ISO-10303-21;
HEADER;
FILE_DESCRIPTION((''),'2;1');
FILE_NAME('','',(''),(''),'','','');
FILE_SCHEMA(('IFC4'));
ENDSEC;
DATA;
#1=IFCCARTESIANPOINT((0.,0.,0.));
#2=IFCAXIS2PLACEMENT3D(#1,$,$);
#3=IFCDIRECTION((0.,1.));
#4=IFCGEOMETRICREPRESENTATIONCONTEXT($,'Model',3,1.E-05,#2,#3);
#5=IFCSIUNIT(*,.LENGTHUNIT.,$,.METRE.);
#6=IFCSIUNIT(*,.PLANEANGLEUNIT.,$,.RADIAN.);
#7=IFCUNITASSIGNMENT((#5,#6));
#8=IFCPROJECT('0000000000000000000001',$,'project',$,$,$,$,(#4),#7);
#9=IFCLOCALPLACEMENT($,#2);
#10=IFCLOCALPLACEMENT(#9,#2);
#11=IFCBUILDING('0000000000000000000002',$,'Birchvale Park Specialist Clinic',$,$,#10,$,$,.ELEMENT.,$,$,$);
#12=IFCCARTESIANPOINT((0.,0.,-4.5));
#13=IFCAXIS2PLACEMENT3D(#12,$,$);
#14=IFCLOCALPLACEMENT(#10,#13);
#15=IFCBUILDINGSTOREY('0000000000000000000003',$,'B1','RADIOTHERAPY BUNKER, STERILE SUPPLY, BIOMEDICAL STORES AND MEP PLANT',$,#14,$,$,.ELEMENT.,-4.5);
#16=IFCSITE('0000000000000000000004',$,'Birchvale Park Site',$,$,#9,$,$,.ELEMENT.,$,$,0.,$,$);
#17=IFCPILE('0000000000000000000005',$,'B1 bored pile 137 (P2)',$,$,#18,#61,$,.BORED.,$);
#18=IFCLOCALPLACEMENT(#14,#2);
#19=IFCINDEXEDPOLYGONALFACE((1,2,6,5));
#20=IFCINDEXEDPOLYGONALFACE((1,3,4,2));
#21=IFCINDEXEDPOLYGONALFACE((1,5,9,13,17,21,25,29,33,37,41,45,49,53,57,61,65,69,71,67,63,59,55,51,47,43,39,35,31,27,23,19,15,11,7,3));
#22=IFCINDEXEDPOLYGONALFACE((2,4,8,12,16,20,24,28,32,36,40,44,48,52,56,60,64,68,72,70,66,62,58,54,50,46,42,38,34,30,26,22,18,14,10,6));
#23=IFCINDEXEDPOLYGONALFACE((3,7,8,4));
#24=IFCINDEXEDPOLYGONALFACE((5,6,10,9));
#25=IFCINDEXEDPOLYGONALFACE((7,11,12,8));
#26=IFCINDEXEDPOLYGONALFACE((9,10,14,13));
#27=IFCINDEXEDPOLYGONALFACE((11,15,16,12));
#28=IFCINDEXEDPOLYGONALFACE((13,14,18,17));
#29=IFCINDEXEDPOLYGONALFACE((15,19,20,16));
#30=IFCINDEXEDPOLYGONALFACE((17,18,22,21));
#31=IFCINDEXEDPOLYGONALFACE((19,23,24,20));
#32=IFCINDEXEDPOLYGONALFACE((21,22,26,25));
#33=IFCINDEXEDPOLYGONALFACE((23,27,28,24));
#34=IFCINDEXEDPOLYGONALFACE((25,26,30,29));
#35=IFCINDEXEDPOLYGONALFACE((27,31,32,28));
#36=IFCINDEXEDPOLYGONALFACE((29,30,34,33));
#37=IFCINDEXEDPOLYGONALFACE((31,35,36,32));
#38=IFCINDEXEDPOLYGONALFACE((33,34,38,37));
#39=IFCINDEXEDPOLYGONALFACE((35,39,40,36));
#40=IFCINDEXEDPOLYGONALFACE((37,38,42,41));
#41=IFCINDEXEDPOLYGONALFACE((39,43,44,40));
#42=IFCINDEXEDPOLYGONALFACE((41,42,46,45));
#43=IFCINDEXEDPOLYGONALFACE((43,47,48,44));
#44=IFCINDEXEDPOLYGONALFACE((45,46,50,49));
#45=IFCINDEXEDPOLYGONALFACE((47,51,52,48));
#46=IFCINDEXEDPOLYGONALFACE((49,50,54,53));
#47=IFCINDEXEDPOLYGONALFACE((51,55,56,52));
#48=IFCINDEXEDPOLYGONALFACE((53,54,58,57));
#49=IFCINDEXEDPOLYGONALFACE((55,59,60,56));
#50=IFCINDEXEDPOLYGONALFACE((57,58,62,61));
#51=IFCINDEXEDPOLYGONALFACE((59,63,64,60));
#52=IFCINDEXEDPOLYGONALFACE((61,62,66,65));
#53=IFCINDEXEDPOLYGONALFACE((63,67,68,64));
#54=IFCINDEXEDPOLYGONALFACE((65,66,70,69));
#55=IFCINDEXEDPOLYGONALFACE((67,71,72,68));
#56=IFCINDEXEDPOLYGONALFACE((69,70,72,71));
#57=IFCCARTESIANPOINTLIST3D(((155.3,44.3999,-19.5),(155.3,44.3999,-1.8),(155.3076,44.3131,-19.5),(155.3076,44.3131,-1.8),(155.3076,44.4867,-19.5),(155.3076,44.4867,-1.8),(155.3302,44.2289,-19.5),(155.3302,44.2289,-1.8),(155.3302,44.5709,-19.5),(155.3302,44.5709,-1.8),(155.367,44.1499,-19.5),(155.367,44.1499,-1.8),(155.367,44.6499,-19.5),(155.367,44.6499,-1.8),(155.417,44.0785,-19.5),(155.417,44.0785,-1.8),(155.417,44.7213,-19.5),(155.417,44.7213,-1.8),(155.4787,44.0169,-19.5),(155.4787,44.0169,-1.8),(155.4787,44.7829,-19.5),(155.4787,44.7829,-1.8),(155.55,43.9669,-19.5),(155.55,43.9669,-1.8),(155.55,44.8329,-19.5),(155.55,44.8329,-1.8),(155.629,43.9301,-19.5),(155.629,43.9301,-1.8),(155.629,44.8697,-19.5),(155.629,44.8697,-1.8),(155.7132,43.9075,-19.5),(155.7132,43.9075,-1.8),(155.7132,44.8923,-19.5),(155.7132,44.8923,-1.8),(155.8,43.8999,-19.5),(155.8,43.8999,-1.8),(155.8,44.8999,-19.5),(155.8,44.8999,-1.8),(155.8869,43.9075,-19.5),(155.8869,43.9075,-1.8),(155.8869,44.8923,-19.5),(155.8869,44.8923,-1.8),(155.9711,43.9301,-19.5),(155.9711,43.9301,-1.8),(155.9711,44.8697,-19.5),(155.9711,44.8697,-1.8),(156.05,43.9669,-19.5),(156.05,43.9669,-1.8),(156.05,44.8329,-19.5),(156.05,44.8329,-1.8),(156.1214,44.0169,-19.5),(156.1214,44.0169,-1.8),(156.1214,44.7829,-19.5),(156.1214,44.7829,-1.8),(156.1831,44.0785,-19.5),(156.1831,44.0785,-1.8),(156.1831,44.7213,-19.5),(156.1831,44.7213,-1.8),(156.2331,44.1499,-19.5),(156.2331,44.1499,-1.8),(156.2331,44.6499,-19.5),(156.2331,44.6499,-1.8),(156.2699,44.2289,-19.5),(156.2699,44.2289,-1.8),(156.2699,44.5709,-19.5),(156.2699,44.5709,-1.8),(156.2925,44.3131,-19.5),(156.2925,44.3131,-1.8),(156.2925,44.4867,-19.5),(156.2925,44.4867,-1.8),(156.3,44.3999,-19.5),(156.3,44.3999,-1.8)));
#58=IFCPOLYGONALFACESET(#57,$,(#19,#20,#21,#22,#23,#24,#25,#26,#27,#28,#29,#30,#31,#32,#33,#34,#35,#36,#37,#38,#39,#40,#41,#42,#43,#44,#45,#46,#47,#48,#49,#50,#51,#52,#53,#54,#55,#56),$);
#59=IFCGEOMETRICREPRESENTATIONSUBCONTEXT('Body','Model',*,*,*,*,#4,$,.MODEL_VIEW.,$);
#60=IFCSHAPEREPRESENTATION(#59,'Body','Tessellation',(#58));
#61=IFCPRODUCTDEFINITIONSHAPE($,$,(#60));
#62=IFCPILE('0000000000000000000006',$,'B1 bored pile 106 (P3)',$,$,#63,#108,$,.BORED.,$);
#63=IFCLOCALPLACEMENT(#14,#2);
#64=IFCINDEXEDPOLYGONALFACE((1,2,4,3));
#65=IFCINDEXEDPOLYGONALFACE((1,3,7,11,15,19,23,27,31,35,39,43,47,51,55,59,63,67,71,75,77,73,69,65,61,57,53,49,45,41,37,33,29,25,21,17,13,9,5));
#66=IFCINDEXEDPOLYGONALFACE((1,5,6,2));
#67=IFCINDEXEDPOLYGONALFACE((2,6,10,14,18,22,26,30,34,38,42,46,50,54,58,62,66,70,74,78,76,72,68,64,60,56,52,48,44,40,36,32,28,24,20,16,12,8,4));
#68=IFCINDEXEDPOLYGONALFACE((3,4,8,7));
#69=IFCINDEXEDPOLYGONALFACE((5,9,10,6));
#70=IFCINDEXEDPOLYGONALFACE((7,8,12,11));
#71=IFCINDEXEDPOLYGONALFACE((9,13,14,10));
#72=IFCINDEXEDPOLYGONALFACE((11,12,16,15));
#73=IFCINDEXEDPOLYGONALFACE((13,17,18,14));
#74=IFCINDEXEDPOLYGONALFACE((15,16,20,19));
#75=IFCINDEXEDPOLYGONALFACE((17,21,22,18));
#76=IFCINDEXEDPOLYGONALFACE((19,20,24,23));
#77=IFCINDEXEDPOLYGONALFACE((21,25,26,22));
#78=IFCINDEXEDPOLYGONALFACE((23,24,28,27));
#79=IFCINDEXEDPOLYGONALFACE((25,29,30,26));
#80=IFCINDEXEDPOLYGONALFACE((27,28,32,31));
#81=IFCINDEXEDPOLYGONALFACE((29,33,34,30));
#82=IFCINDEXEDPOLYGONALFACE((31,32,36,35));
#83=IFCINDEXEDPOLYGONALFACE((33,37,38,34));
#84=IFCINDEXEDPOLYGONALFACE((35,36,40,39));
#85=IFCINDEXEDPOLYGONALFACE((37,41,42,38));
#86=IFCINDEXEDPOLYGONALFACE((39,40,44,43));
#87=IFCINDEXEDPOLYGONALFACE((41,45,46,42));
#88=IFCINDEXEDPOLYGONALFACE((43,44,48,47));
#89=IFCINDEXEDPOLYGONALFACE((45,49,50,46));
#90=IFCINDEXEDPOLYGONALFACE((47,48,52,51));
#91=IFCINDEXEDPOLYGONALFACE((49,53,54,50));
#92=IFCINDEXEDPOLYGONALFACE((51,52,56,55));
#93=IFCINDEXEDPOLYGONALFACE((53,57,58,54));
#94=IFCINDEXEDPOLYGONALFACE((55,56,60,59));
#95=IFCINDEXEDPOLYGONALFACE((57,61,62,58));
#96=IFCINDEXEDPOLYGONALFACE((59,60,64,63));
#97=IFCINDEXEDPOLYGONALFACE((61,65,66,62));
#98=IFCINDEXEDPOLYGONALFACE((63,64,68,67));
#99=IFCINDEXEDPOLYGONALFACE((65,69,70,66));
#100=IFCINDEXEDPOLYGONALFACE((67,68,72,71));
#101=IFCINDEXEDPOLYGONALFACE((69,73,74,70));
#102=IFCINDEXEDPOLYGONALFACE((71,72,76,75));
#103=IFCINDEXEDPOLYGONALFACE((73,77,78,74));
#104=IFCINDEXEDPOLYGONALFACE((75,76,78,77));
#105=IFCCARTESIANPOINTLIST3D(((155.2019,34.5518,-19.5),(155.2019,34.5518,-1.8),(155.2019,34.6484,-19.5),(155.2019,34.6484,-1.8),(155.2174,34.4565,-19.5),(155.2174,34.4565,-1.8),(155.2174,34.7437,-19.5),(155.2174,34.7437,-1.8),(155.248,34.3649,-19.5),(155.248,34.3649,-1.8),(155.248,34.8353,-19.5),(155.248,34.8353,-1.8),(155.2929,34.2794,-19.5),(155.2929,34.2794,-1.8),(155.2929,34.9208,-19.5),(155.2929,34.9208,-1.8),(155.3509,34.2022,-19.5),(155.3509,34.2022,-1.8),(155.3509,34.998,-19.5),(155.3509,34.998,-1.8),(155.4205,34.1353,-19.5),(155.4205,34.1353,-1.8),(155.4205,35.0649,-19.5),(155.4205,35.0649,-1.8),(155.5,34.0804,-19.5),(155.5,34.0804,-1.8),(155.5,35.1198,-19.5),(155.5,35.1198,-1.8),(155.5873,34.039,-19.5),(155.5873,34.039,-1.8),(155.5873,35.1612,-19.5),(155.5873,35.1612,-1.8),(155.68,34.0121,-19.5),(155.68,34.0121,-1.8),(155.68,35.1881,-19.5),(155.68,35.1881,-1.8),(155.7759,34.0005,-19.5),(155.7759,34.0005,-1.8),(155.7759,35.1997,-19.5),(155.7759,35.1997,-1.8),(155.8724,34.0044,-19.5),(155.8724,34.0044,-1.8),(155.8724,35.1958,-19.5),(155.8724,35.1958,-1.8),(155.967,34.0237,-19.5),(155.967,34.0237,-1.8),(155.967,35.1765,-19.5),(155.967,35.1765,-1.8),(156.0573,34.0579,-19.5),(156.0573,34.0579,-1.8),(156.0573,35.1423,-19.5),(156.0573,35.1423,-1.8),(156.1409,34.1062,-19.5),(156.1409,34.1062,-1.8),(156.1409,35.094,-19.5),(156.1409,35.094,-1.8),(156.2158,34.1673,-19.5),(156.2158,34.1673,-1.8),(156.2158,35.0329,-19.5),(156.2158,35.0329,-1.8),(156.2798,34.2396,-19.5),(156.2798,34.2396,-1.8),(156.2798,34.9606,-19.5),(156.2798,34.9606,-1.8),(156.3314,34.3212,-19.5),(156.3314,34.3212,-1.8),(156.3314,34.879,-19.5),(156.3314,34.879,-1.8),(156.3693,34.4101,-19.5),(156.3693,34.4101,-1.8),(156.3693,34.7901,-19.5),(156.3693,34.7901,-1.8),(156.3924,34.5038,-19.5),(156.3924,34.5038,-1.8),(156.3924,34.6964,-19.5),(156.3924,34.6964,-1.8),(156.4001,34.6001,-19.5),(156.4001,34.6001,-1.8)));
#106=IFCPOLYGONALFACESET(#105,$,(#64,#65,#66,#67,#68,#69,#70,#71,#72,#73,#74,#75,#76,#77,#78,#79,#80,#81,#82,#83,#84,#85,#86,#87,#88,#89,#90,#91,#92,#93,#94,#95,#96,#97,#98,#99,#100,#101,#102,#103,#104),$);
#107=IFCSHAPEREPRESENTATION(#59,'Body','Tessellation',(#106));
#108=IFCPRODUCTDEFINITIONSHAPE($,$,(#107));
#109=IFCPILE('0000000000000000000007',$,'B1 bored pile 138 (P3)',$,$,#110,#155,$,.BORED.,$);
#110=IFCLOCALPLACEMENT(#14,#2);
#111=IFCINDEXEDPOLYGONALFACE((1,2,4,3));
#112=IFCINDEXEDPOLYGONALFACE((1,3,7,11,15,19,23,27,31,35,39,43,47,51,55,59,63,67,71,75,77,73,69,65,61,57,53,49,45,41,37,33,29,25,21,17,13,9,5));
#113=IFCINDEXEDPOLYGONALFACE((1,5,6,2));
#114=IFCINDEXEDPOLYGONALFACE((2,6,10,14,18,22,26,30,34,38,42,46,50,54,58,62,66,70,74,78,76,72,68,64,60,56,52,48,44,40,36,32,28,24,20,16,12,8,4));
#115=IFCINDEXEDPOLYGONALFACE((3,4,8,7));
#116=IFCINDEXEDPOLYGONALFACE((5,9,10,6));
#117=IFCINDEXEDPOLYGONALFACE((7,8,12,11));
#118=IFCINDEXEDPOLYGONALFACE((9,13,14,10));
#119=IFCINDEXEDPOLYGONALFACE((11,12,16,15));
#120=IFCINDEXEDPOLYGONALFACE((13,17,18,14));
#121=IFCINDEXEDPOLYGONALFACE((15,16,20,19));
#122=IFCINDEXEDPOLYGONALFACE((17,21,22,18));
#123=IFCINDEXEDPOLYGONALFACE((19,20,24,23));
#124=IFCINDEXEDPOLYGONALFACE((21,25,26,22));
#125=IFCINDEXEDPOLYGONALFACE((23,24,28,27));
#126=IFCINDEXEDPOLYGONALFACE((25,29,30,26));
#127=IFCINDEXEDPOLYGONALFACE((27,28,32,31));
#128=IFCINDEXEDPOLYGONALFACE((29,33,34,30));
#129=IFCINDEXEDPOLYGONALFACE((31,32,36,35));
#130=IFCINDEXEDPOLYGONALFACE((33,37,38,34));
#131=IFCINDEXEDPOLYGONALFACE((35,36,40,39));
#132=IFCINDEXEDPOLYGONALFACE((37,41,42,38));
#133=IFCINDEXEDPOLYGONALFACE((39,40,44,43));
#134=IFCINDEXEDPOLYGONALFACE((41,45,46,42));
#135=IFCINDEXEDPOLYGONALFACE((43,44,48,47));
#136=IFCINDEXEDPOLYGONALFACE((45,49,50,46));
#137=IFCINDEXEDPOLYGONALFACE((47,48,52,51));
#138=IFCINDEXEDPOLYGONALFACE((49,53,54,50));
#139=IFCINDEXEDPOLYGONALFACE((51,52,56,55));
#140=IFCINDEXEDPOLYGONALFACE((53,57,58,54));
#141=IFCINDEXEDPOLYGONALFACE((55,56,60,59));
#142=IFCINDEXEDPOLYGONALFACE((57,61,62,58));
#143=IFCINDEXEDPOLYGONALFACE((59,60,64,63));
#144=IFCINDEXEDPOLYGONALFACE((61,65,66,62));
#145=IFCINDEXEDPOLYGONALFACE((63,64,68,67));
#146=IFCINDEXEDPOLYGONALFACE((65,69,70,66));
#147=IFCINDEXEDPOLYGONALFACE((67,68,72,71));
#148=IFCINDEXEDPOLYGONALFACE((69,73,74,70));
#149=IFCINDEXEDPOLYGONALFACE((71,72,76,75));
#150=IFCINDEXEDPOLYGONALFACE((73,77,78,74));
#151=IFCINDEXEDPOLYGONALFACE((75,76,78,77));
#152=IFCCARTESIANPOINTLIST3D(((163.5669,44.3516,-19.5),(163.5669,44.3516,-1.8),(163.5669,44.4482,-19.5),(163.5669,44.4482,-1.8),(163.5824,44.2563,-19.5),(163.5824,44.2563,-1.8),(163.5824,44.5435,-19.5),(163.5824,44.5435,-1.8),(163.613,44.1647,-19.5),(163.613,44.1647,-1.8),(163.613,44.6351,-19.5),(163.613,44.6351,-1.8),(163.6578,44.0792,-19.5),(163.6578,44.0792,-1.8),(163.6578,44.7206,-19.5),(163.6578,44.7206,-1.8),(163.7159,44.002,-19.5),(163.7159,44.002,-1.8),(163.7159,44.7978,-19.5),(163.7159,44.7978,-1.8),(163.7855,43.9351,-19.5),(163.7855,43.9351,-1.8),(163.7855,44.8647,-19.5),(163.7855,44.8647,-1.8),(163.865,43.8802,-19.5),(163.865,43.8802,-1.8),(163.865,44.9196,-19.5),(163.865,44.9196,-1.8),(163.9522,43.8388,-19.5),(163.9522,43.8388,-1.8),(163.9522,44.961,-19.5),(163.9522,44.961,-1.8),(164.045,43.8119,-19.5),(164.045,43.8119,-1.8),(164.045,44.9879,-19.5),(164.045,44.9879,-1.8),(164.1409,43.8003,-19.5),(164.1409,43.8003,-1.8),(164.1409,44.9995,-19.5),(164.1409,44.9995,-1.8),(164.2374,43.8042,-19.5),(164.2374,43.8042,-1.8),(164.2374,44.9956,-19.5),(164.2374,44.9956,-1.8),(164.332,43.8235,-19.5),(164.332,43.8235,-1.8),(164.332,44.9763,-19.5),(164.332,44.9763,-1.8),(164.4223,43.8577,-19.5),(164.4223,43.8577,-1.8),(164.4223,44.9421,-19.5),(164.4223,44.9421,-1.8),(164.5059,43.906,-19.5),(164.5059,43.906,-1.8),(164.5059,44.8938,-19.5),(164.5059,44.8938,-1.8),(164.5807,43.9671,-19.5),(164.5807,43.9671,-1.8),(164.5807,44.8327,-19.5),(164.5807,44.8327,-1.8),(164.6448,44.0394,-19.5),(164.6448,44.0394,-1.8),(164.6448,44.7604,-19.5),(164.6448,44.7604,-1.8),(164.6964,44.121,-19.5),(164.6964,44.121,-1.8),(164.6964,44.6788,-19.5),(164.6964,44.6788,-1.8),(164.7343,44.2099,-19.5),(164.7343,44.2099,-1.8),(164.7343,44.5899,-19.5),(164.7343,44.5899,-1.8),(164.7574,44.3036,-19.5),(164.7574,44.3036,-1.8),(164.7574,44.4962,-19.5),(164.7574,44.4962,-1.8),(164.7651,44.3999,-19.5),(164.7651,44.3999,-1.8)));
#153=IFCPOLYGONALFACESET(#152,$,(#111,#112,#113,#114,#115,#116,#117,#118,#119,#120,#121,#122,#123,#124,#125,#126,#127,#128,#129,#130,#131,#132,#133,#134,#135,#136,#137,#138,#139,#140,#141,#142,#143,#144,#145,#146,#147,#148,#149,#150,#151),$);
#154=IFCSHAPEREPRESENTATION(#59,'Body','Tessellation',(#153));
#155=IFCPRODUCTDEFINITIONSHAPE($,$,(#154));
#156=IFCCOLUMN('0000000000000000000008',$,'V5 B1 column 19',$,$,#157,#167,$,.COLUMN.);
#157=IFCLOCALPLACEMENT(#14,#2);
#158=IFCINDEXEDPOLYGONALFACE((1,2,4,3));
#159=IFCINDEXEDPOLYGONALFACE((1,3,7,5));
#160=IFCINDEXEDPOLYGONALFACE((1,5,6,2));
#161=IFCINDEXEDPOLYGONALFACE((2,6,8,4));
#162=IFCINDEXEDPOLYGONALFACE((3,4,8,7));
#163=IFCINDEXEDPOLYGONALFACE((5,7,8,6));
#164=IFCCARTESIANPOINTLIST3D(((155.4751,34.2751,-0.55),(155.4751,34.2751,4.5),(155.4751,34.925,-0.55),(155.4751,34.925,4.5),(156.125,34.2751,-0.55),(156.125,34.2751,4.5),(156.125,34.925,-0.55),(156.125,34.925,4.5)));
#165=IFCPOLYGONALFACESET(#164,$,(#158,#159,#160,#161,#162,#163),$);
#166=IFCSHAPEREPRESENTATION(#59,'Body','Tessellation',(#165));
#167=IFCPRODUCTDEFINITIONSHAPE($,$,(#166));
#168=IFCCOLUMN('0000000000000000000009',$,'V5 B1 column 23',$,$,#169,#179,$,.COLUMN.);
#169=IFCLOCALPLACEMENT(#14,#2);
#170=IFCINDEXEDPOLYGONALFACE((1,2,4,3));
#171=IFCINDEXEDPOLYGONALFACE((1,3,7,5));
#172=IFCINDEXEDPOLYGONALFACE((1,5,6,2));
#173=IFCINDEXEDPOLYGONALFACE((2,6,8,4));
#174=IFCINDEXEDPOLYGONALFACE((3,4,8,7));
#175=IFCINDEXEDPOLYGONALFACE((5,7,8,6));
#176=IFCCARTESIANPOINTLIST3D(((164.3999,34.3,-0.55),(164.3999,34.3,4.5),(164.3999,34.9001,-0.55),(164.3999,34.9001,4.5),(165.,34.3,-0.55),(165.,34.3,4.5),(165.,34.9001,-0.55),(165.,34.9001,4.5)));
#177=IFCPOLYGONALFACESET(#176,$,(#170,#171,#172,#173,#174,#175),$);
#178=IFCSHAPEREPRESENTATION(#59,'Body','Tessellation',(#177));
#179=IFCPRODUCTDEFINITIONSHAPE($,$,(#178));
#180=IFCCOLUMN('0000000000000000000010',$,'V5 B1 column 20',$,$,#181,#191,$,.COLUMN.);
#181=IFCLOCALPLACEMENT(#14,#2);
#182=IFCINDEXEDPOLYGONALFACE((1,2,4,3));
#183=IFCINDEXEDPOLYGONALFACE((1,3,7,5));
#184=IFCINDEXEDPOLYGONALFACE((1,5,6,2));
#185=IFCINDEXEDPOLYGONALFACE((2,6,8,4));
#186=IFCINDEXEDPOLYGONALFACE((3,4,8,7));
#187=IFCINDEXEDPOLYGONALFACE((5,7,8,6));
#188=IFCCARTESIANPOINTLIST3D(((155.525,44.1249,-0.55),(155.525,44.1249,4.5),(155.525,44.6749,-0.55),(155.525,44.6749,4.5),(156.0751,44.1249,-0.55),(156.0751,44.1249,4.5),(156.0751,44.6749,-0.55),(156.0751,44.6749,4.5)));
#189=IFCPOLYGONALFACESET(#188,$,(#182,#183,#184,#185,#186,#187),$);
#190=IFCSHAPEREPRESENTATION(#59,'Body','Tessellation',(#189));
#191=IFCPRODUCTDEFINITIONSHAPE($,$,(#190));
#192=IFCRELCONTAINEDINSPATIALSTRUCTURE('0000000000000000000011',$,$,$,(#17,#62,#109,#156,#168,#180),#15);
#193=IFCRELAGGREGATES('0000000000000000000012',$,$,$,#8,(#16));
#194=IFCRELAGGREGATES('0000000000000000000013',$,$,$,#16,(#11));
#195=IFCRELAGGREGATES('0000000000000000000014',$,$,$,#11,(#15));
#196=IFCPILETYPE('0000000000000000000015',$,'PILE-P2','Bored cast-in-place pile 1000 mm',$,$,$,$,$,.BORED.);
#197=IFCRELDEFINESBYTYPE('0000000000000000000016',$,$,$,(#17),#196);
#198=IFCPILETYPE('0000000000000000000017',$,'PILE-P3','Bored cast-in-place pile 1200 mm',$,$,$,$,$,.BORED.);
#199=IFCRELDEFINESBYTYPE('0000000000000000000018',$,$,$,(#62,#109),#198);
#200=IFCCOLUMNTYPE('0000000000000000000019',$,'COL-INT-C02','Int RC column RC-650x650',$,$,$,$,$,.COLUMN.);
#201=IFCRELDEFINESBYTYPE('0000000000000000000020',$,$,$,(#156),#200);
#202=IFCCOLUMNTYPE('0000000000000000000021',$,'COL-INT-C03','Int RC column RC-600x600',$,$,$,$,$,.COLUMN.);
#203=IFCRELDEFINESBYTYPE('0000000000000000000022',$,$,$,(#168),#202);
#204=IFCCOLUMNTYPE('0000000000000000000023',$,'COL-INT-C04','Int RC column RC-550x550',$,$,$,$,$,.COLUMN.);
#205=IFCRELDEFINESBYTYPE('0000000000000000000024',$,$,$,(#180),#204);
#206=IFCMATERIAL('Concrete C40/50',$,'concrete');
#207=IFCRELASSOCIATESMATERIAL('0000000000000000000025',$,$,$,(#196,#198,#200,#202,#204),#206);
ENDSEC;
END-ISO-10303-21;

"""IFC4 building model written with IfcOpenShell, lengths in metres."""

from ifc_helpers import new_model, si_unit, direction, frame, origin, origin_2d, place, context, subcontext, project, spatial, rectangle, circle, extrude, material, material_profile, profile_set, type_object, element, save


model = new_model("IFC4")

# Units and contexts
model_context = context("Model", 3, precision=1e-05, world=origin(), true_north=direction((0.0, 1.0)))
body_context = subcontext(model_context, "Body", "Model", "MODEL_VIEW")
ifc_project = project(units=[si_unit("LENGTHUNIT", "METRE"), si_unit("PLANEANGLEUNIT", "RADIAN")], contexts=[model_context])

# Site, building, storey
site_placement = place(None, origin())
site = spatial("IfcSite", under=ifc_project, at=site_placement, Name="Birchvale Park Site", CompositionType="ELEMENT", RefElevation=0.0)
building_placement = place(site_placement, origin())
building = spatial("IfcBuilding", under=site, at=building_placement, Name="Birchvale Park Specialist Clinic", CompositionType="ELEMENT")
storey_placement = place(building_placement, frame((0.0, 0.0, -4.5)))
storey = spatial("IfcBuildingStorey", under=building, at=storey_placement, Name="B1", Description="RADIOTHERAPY BUNKER, STERILE SUPPLY, BIOMEDICAL STORES AND MEP PLANT", CompositionType="ELEMENT", Elevation=-4.5)

# Shared definitions
ifc_material_1 = material(Name="Concrete C40/50", Category="concrete")

# Piles
ifc_material_profile_1 = material_profile(ifc_material_1, circle(Radius=0.5, at=origin_2d()), Name="PILE-1000")
ifc_profile_set_1 = profile_set([ifc_material_profile_1], Name="Concrete C40/50")
pile_type_1 = type_object("IfcPileType", Name="PILE-P2", Description="Bored cast-in-place pile 1000 mm", PredefinedType="BORED", material=ifc_profile_set_1)
pile_1_placement = place(storey_placement, frame((155.8, 44.3999, -1.8), z_axis=(0.0, 0.0, -1.0), x_axis=(1.0, 0.0, 0.0)))
element("IfcPile", 1, at=pile_1_placement, inside=storey, type_object=pile_type_1, Name="B1 bored pile 137 (P2)", PredefinedType="BORED", context=body_context, shape_type="SweptSolid", body=[
    extrude(circle(Radius=0.5, at=origin_2d()), origin(), (0.0, 0.0, 1.0), 17.7),
])
ifc_material_profile_2 = material_profile(ifc_material_1, circle(Radius=0.6001, at=origin_2d()), Name="PILE-1200")
ifc_profile_set_2 = profile_set([ifc_material_profile_2], Name="Concrete C40/50")
pile_type_2 = type_object("IfcPileType", Name="PILE-P3", Description="Bored cast-in-place pile 1200 mm", PredefinedType="BORED", material=ifc_profile_set_2)
for number, where, z_axis, x_axis, name in (
    (2, (155.8, 34.6001, -1.8), (0.0, 0.0, -1.0), (1.0, 0.0, 0.0), "B1 bored pile 106 (P3)"),
    (3, (164.165, 44.3999, -1.8), (0.0, 0.0, -1.0), (1.0, 0.0, 0.0), "B1 bored pile 138 (P3)"),
):
    element("IfcPile", number, at=place(storey_placement, frame(where, z_axis=z_axis, x_axis=x_axis)), inside=storey, type_object=pile_type_2, Name=name, PredefinedType="BORED", context=body_context, shape_type="SweptSolid", body=[
        extrude(circle(Radius=0.6001, at=origin_2d()), origin(), (0.0, 0.0, 1.0), 17.7),
    ])

# Columns
ifc_material_profile_3 = material_profile(ifc_material_1, rectangle(XDim=0.6499, YDim=0.6499, at=origin_2d()), Name="RC-650x650")
ifc_profile_set_3 = profile_set([ifc_material_profile_3], Name="Concrete C40/50")
column_type_1 = type_object("IfcColumnType", Name="COL-INT-C02", Description="Int RC column RC-650x650", PredefinedType="COLUMN", material=ifc_profile_set_3)
column_1_placement = place(storey_placement, frame((155.8, 34.6001, -0.55), z_axis=(0.0, 0.0, 1.0), x_axis=(1.0, 0.0, 0.0)))
element("IfcColumn", 4, at=column_1_placement, inside=storey, type_object=column_type_1, Name="V5 B1 column 19", PredefinedType="COLUMN", context=body_context, shape_type="SweptSolid", body=[
    extrude(rectangle(XDim=0.6499, YDim=0.6499, at=origin_2d()), origin(), (0.0, 0.0, 1.0), 5.05),
])
ifc_material_profile_4 = material_profile(ifc_material_1, rectangle(XDim=0.6001, YDim=0.6001, at=origin_2d()), Name="RC-600x600")
ifc_profile_set_4 = profile_set([ifc_material_profile_4], Name="Concrete C40/50")
column_type_2 = type_object("IfcColumnType", Name="COL-INT-C03", Description="Int RC column RC-600x600", PredefinedType="COLUMN", material=ifc_profile_set_4)
column_2_placement = place(storey_placement, frame((164.7, 34.6001, -0.55), z_axis=(0.0, 0.0, 1.0), x_axis=(1.0, 0.0, 0.0)))
element("IfcColumn", 5, at=column_2_placement, inside=storey, type_object=column_type_2, Name="V5 B1 column 23", PredefinedType="COLUMN", context=body_context, shape_type="SweptSolid", body=[
    extrude(rectangle(XDim=0.6001, YDim=0.6001, at=origin_2d()), origin(), (0.0, 0.0, 1.0), 5.05),
])
ifc_material_profile_5 = material_profile(ifc_material_1, rectangle(XDim=0.55, YDim=0.55, at=origin_2d()), Name="RC-550x550")
ifc_profile_set_5 = profile_set([ifc_material_profile_5], Name="Concrete C40/50")
column_type_3 = type_object("IfcColumnType", Name="COL-INT-C04", Description="Int RC column RC-550x550", PredefinedType="COLUMN", material=ifc_profile_set_5)
column_3_placement = place(storey_placement, frame((155.8, 44.3999, -0.55), z_axis=(0.0, 0.0, 1.0), x_axis=(1.0, 0.0, 0.0)))
element("IfcColumn", 6, at=column_3_placement, inside=storey, type_object=column_type_3, Name="V5 B1 column 20", PredefinedType="COLUMN", context=body_context, shape_type="SweptSolid", body=[
    extrude(rectangle(XDim=0.55, YDim=0.55, at=origin_2d()), origin(), (0.0, 0.0, 1.0), 5.05),
])

save(model, "model.ifc")
